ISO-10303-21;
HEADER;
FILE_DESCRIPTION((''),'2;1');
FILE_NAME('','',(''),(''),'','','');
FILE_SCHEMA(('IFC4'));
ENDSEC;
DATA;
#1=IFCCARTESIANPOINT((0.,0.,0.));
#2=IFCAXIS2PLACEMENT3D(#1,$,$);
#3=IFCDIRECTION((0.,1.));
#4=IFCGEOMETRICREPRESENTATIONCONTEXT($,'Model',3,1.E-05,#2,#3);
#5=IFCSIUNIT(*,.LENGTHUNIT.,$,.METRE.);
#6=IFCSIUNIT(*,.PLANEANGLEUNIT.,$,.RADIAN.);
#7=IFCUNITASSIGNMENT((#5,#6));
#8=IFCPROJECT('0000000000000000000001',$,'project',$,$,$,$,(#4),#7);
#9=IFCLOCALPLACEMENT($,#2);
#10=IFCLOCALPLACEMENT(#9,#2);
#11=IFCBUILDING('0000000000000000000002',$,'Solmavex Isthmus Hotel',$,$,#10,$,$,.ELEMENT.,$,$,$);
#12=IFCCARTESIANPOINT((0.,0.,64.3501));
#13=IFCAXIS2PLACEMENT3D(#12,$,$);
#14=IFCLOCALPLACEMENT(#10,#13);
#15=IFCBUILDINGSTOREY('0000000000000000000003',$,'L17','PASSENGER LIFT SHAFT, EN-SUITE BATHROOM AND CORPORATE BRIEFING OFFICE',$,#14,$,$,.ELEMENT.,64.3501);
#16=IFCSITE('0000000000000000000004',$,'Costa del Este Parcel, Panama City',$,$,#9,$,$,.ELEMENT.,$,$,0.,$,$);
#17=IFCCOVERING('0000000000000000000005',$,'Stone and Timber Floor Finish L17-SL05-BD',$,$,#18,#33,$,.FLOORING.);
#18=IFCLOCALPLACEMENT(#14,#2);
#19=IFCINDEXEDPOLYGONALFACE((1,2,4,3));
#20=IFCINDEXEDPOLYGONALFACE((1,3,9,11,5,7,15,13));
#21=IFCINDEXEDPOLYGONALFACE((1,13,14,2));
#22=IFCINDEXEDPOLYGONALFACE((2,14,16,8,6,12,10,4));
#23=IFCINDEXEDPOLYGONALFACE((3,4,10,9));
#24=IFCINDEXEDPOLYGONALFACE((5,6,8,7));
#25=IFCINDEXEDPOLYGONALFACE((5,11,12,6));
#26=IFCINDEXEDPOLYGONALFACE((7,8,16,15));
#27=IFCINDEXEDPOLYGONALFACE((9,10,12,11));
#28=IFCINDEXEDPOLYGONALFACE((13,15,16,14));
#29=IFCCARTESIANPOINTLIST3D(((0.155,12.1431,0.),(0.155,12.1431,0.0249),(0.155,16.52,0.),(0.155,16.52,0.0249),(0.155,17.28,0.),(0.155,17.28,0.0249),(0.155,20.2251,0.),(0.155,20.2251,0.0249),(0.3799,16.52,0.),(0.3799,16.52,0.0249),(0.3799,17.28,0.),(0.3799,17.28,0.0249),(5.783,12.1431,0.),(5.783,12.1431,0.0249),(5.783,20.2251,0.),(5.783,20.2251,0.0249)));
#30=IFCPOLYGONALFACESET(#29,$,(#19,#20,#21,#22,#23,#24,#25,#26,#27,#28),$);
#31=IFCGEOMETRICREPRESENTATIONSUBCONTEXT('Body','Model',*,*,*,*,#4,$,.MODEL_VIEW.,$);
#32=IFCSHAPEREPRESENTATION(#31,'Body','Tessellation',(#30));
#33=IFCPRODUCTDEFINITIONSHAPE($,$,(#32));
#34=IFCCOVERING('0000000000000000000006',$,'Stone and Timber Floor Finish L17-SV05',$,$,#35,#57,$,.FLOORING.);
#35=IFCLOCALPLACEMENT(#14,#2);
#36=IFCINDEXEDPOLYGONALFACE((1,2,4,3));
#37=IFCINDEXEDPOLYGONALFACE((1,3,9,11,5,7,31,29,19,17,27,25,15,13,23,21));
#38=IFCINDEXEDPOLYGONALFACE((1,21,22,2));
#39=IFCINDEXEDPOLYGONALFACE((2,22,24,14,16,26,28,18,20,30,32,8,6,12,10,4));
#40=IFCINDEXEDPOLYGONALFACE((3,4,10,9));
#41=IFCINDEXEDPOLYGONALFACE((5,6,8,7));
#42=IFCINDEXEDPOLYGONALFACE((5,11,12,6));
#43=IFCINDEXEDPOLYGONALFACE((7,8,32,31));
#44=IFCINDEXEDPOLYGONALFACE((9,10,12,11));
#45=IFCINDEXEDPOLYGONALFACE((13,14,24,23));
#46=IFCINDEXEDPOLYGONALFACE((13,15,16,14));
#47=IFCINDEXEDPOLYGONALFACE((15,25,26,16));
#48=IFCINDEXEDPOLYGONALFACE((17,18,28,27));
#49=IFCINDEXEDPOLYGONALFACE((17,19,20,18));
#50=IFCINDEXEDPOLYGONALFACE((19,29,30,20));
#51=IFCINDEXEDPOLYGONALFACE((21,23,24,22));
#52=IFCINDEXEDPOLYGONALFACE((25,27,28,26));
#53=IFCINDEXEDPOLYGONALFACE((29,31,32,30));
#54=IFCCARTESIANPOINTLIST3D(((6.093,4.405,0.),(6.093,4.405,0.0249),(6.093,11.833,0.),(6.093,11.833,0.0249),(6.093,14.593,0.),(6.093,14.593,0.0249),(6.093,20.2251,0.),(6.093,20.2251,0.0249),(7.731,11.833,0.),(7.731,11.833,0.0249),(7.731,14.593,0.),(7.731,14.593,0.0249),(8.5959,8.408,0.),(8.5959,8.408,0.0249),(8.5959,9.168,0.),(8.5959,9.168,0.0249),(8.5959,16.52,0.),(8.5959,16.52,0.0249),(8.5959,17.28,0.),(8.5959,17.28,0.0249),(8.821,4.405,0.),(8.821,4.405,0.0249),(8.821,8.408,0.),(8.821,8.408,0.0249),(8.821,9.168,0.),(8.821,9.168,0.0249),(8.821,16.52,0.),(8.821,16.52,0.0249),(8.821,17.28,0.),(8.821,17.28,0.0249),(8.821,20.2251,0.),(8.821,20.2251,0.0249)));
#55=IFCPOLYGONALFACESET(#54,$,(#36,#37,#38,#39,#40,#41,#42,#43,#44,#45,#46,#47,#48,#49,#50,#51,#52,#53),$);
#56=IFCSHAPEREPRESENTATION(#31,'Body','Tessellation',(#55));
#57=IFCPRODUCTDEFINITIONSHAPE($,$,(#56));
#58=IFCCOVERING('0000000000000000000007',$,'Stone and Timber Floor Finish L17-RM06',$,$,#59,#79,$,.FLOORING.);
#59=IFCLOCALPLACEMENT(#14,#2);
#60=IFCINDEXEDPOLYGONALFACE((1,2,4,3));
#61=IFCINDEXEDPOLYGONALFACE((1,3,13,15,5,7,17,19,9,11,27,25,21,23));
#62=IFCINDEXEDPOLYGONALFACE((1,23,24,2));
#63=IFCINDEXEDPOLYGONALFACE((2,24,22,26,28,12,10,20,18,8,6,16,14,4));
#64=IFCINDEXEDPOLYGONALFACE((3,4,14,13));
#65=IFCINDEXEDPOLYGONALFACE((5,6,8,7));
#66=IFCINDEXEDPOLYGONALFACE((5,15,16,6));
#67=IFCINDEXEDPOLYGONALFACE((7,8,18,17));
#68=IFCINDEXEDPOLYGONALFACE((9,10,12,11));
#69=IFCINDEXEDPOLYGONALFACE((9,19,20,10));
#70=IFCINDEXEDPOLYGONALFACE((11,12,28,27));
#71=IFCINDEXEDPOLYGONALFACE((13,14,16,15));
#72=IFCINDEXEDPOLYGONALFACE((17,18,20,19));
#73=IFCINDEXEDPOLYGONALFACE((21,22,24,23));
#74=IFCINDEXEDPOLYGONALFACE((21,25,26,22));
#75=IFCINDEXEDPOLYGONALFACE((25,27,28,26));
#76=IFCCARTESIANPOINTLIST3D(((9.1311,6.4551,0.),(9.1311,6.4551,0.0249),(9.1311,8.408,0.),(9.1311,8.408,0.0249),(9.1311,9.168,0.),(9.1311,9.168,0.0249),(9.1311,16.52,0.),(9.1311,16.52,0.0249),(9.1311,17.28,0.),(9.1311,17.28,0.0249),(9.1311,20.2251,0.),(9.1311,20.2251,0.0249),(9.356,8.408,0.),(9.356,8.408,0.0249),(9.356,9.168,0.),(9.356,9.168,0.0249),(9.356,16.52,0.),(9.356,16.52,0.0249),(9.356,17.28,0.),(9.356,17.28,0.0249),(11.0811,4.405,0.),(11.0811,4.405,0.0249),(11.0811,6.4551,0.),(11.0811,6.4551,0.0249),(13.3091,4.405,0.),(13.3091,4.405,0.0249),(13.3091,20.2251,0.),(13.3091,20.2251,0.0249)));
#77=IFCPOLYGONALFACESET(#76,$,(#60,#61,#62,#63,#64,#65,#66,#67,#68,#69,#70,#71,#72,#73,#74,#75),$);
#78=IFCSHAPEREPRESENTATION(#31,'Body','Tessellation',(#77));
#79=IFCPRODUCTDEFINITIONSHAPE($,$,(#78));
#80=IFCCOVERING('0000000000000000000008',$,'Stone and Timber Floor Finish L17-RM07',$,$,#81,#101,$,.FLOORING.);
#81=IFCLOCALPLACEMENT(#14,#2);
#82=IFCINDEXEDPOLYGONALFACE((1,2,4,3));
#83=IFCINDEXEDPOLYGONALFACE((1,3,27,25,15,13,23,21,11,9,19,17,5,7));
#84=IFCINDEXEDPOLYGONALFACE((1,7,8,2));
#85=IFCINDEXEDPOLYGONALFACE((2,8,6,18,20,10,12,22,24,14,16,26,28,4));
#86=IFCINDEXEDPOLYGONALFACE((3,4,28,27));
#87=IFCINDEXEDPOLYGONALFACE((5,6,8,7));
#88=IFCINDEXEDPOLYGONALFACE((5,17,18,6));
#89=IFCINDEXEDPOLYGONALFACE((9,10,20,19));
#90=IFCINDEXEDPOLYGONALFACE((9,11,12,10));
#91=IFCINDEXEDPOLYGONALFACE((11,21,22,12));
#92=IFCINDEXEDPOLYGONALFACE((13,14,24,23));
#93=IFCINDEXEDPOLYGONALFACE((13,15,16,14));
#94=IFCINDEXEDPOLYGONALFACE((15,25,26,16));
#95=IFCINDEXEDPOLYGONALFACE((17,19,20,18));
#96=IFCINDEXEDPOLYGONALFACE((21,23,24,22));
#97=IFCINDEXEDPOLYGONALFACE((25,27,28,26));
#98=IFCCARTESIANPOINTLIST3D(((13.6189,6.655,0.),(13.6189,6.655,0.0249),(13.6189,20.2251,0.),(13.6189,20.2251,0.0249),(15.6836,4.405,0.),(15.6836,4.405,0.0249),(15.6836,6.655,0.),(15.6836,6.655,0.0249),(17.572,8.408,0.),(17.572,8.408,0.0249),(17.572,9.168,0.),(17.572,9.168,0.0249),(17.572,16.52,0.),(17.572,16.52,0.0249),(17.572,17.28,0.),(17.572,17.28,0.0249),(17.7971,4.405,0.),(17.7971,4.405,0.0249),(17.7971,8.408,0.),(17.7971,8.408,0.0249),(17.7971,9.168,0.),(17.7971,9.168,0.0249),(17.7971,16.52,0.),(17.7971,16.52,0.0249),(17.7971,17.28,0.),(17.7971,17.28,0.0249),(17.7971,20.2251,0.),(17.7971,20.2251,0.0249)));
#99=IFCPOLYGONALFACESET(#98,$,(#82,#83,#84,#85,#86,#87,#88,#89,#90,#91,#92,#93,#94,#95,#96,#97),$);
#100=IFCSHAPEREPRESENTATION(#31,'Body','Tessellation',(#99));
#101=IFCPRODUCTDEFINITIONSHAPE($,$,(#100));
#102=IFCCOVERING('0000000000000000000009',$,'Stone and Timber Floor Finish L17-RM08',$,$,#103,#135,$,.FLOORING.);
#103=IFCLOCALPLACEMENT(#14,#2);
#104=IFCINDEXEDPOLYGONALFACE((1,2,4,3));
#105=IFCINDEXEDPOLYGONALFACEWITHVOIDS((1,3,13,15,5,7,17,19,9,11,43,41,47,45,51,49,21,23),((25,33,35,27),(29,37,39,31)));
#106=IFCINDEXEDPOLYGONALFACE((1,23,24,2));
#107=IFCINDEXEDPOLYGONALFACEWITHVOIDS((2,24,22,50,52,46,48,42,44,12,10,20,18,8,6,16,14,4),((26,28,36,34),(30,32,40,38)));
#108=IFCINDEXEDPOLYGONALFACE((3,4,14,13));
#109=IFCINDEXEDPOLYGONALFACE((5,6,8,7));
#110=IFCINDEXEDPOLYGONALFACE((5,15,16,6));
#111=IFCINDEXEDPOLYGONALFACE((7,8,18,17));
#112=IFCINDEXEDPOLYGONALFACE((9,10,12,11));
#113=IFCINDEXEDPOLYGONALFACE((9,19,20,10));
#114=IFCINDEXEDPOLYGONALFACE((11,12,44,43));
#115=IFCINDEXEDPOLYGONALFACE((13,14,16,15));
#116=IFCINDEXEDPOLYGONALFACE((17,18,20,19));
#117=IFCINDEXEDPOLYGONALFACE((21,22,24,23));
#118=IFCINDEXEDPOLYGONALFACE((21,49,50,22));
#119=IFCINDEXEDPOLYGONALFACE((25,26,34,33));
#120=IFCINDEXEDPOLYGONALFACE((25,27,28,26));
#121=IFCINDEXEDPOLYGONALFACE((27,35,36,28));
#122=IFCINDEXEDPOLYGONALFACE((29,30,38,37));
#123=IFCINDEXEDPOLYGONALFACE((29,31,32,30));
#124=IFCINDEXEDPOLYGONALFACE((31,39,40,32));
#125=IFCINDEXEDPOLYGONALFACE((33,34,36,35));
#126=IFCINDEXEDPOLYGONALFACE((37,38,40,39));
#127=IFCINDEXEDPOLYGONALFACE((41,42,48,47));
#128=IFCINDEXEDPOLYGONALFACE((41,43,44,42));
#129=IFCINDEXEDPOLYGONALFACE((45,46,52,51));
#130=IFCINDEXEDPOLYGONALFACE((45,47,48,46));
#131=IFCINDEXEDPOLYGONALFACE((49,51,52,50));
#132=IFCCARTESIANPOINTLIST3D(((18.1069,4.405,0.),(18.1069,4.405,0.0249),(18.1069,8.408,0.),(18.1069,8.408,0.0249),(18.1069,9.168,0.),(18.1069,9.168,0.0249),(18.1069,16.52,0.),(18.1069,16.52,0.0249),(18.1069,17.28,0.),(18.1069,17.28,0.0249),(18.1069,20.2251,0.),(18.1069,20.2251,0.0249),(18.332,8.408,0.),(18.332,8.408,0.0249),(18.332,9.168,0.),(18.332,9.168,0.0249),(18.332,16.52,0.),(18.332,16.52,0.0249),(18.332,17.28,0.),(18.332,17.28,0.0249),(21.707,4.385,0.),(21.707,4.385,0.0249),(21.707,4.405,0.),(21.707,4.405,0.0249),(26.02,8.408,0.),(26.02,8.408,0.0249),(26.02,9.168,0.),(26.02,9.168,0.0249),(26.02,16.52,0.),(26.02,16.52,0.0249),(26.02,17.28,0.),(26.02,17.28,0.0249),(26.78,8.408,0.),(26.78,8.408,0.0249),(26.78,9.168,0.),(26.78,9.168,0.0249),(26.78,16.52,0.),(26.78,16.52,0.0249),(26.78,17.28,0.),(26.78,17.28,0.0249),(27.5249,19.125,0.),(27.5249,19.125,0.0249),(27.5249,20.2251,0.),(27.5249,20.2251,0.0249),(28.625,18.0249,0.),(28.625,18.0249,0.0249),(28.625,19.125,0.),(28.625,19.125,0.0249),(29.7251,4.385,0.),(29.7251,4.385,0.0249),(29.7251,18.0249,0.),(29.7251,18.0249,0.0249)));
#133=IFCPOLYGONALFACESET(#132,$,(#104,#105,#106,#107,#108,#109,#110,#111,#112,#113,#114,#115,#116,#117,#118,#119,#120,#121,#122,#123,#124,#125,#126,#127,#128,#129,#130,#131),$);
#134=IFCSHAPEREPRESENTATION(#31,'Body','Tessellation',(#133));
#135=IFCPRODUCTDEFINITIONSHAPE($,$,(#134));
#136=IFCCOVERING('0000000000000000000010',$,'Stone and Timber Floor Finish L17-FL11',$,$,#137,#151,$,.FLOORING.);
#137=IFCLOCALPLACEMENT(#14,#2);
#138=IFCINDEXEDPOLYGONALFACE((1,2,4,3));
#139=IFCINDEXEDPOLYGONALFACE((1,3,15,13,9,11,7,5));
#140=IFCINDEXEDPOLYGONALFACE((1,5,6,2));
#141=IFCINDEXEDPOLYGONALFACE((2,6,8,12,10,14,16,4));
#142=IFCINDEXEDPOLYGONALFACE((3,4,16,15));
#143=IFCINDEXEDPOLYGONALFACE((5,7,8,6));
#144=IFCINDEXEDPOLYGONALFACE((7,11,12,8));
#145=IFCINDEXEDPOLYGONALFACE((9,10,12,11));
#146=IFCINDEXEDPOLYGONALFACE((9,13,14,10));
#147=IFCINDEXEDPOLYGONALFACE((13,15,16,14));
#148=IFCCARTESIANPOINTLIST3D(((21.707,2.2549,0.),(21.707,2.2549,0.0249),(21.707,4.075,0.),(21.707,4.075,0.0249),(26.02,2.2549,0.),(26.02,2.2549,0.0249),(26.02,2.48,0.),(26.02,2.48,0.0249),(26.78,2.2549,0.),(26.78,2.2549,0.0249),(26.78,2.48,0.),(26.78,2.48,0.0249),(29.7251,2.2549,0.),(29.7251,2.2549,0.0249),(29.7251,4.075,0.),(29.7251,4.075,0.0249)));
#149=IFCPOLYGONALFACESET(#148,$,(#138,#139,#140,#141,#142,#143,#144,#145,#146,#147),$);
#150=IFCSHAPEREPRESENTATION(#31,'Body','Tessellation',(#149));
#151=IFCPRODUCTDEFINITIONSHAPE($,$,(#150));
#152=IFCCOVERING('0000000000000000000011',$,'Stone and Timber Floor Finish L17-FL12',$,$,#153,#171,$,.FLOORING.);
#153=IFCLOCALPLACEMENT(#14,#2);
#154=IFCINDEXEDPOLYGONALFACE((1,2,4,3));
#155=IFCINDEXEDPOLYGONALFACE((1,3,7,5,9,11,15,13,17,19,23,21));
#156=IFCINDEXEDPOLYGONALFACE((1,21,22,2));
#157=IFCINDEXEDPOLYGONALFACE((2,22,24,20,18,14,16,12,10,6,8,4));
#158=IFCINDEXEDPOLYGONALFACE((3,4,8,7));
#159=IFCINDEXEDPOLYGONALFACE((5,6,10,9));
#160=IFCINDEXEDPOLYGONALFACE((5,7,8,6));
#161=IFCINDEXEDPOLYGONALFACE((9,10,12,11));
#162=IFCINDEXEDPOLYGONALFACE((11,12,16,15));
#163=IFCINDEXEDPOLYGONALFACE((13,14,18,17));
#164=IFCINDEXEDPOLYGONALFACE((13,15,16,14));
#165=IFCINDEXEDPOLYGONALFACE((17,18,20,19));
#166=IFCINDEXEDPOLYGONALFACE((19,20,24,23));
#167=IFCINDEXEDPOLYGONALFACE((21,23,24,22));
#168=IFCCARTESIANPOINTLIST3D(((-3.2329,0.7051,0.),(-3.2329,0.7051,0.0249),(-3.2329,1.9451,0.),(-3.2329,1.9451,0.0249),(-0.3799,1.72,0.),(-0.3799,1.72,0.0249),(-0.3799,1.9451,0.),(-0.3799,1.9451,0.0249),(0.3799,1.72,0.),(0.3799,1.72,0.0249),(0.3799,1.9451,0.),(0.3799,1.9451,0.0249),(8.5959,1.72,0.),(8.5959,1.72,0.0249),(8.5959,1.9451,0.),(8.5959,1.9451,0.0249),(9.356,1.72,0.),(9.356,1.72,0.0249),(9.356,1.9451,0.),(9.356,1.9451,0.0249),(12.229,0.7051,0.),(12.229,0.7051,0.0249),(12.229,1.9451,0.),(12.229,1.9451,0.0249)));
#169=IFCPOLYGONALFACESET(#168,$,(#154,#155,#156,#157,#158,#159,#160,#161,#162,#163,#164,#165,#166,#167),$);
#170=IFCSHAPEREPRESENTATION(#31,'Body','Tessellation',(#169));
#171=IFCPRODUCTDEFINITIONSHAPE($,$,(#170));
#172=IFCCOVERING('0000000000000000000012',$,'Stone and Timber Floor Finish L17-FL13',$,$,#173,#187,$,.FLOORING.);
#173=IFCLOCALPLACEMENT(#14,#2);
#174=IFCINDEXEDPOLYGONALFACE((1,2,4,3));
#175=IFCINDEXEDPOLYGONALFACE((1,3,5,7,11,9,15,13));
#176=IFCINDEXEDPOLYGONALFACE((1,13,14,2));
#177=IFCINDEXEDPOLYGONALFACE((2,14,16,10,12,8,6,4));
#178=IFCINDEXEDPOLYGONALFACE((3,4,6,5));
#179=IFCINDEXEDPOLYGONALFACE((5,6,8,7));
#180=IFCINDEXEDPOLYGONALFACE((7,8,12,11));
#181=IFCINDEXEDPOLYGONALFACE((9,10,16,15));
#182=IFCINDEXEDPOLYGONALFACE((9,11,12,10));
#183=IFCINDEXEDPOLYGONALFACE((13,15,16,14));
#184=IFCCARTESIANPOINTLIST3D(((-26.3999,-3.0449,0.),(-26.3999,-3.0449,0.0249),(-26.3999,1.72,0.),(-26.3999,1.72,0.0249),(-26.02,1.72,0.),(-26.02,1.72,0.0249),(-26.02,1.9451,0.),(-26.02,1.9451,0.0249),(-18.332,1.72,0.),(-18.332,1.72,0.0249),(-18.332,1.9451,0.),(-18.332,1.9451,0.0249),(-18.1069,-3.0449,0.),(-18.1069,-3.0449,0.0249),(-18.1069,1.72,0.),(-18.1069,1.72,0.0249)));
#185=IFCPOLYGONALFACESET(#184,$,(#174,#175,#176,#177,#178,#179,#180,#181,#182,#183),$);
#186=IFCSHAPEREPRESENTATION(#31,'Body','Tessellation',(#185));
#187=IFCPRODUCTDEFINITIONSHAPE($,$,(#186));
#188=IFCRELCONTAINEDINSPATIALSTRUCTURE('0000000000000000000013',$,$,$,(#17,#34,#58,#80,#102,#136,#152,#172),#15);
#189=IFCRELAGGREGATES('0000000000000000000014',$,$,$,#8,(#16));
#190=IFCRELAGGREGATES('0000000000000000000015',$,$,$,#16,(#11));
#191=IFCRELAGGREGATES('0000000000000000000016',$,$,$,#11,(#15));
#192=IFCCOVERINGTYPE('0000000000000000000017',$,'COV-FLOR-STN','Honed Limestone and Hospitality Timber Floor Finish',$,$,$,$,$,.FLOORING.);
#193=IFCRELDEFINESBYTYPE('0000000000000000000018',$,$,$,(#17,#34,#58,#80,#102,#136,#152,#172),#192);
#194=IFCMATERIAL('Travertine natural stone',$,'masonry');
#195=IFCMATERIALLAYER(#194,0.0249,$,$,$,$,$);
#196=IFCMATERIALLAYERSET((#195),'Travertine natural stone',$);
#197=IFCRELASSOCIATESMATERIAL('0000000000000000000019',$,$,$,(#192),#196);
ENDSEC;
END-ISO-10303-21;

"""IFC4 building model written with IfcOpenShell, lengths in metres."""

from ifc_helpers import new_model, si_unit, direction, frame, origin, place, context, subcontext, project, spatial, polyline, outline, extrude, material, layer, layer_set, type_object, element, save


model = new_model("IFC4")

# Units and contexts
model_context = context("Model", 3, precision=1e-05, world=origin(), true_north=direction((0.0, 1.0)))
body_context = subcontext(model_context, "Body", "Model", "MODEL_VIEW")
ifc_project = project(units=[si_unit("LENGTHUNIT", "METRE"), si_unit("PLANEANGLEUNIT", "RADIAN")], contexts=[model_context])

# Site, building, storey
site_placement = place(None, origin())
site = spatial("IfcSite", under=ifc_project, at=site_placement, Name="Costa del Este Parcel, Panama City", CompositionType="ELEMENT", RefElevation=0.0)
building_placement = place(site_placement, origin())
building = spatial("IfcBuilding", under=site, at=building_placement, Name="Solmavex Isthmus Hotel", CompositionType="ELEMENT")
storey_placement = place(building_placement, frame((0.0, 0.0, 64.3501)))
storey = spatial("IfcBuildingStorey", under=building, at=storey_placement, Name="L17", Description="PASSENGER LIFT SHAFT, EN-SUITE BATHROOM AND CORPORATE BRIEFING OFFICE", CompositionType="ELEMENT", Elevation=64.3501)

# Coverings
ifc_material_1 = material(Name="Travertine natural stone", Category="masonry")
ifc_layer_1 = layer(ifc_material_1, 0.0249)
ifc_layer_set_1 = layer_set([ifc_layer_1], Name="Travertine natural stone")
covering_type_1 = type_object("IfcCoveringType", Name="COV-FLOR-STN", Description="Honed Limestone and Hospitality Timber Floor Finish", PredefinedType="FLOORING", material=ifc_layer_set_1)
covering_1_placement = place(storey_placement, origin())
element("IfcCovering", 1, at=covering_1_placement, inside=storey, type_object=covering_type_1, Name="Stone and Timber Floor Finish L17-SL05-BD", PredefinedType="FLOORING", context=body_context, shape_type="SweptSolid", body=[
    extrude(outline(polyline([(0.155, 17.28), (0.3799, 17.28), (0.3799, 16.52), (0.155, 16.52), (0.155, 12.1431), (5.783, 12.1431), (5.783, 20.2251), (0.155, 20.2251), (0.155, 17.28)])), origin(), (0.0, 0.0, 1.0), 0.0249),
])
covering_2_placement = place(storey_placement, origin())
element("IfcCovering", 2, at=covering_2_placement, inside=storey, type_object=covering_type_1, Name="Stone and Timber Floor Finish L17-SV05", PredefinedType="FLOORING", context=body_context, shape_type="SweptSolid", body=[
    extrude(outline(polyline([(8.821, 16.52), (8.5959, 16.52), (8.5959, 17.28), (8.821, 17.28), (8.821, 20.2251), (6.093, 20.2251), (6.093, 14.593), (7.731, 14.593), (7.731, 11.833), (6.093, 11.833), (6.093, 4.405), (8.821, 4.405), (8.821, 8.408), (8.5959, 8.408), (8.5959, 9.168), (8.821, 9.168), (8.821, 16.52)])), origin(), (0.0, 0.0, 1.0), 0.0249),
])
covering_3_placement = place(storey_placement, origin())
element("IfcCovering", 3, at=covering_3_placement, inside=storey, type_object=covering_type_1, Name="Stone and Timber Floor Finish L17-RM06", PredefinedType="FLOORING", context=body_context, shape_type="SweptSolid", body=[
    extrude(outline(polyline([(9.1311, 9.168), (9.356, 9.168), (9.356, 8.408), (9.1311, 8.408), (9.1311, 6.4551), (11.0811, 6.4551), (11.0811, 4.405), (13.3091, 4.405), (13.3091, 20.2251), (9.1311, 20.2251), (9.1311, 17.28), (9.356, 17.28), (9.356, 16.52), (9.1311, 16.52), (9.1311, 9.168)])), origin(), (0.0, 0.0, 1.0), 0.0249),
])
covering_4_placement = place(storey_placement, origin())
element("IfcCovering", 4, at=covering_4_placement, inside=storey, type_object=covering_type_1, Name="Stone and Timber Floor Finish L17-RM07", PredefinedType="FLOORING", context=body_context, shape_type="SweptSolid", body=[
    extrude(outline(polyline([(17.7971, 16.52), (17.572, 16.52), (17.572, 17.28), (17.7971, 17.28), (17.7971, 20.2251), (13.6189, 20.2251), (13.6189, 6.655), (15.6836, 6.655), (15.6836, 4.405), (17.7971, 4.405), (17.7971, 8.408), (17.572, 8.408), (17.572, 9.168), (17.7971, 9.168), (17.7971, 16.52)])), origin(), (0.0, 0.0, 1.0), 0.0249),
])
covering_5_placement = place(storey_placement, origin())
element("IfcCovering", 5, at=covering_5_placement, inside=storey, type_object=covering_type_1, Name="Stone and Timber Floor Finish L17-RM08", PredefinedType="FLOORING", context=body_context, shape_type="SweptSolid", body=[
    extrude(outline(polyline([(18.1069, 9.168), (18.332, 9.168), (18.332, 8.408), (18.1069, 8.408), (18.1069, 4.405), (21.707, 4.405), (21.707, 4.385), (29.7251, 4.385), (29.7251, 18.0249), (28.625, 18.0249), (28.625, 19.125), (27.5249, 19.125), (27.5249, 20.2251), (18.1069, 20.2251), (18.1069, 17.28), (18.332, 17.28), (18.332, 16.52), (18.1069, 16.52), (18.1069, 9.168)]), holes=[polyline([(26.02, 8.408), (26.02, 9.168), (26.78, 9.168), (26.78, 8.408), (26.02, 8.408)]), polyline([(26.02, 16.52), (26.02, 17.28), (26.78, 17.28), (26.78, 16.52), (26.02, 16.52)])]), origin(), (0.0, 0.0, 1.0), 0.0249),
])
covering_6_placement = place(storey_placement, origin())
element("IfcCovering", 6, at=covering_6_placement, inside=storey, type_object=covering_type_1, Name="Stone and Timber Floor Finish L17-FL11", PredefinedType="FLOORING", context=body_context, shape_type="SweptSolid", body=[
    extrude(outline(polyline([(26.02, 2.2549), (26.02, 2.48), (26.78, 2.48), (26.78, 2.2549), (29.7251, 2.2549), (29.7251, 4.075), (21.707, 4.075), (21.707, 2.2549), (26.02, 2.2549)])), origin(), (0.0, 0.0, 1.0), 0.0249),
])
covering_7_placement = place(storey_placement, origin())
element("IfcCovering", 7, at=covering_7_placement, inside=storey, type_object=covering_type_1, Name="Stone and Timber Floor Finish L17-FL12", PredefinedType="FLOORING", context=body_context, shape_type="SweptSolid", body=[
    extrude(outline(polyline([(0.3799, 1.9451), (0.3799, 1.72), (-0.3799, 1.72), (-0.3799, 1.9451), (-3.2329, 1.9451), (-3.2329, 0.7051), (12.229, 0.7051), (12.229, 1.9451), (9.356, 1.9451), (9.356, 1.72), (8.5959, 1.72), (8.5959, 1.9451), (0.3799, 1.9451)])), origin(), (0.0, 0.0, 1.0), 0.0249),
])
covering_8_placement = place(storey_placement, origin())
element("IfcCovering", 8, at=covering_8_placement, inside=storey, type_object=covering_type_1, Name="Stone and Timber Floor Finish L17-FL13", PredefinedType="FLOORING", context=body_context, shape_type="SweptSolid", body=[
    extrude(outline(polyline([(-26.02, 1.9451), (-26.02, 1.72), (-26.3999, 1.72), (-26.3999, -3.0449), (-18.1069, -3.0449), (-18.1069, 1.72), (-18.332, 1.72), (-18.332, 1.9451), (-26.02, 1.9451)])), origin(), (0.0, 0.0, 1.0), 0.0249),
])

save(model, "model.ifc")
